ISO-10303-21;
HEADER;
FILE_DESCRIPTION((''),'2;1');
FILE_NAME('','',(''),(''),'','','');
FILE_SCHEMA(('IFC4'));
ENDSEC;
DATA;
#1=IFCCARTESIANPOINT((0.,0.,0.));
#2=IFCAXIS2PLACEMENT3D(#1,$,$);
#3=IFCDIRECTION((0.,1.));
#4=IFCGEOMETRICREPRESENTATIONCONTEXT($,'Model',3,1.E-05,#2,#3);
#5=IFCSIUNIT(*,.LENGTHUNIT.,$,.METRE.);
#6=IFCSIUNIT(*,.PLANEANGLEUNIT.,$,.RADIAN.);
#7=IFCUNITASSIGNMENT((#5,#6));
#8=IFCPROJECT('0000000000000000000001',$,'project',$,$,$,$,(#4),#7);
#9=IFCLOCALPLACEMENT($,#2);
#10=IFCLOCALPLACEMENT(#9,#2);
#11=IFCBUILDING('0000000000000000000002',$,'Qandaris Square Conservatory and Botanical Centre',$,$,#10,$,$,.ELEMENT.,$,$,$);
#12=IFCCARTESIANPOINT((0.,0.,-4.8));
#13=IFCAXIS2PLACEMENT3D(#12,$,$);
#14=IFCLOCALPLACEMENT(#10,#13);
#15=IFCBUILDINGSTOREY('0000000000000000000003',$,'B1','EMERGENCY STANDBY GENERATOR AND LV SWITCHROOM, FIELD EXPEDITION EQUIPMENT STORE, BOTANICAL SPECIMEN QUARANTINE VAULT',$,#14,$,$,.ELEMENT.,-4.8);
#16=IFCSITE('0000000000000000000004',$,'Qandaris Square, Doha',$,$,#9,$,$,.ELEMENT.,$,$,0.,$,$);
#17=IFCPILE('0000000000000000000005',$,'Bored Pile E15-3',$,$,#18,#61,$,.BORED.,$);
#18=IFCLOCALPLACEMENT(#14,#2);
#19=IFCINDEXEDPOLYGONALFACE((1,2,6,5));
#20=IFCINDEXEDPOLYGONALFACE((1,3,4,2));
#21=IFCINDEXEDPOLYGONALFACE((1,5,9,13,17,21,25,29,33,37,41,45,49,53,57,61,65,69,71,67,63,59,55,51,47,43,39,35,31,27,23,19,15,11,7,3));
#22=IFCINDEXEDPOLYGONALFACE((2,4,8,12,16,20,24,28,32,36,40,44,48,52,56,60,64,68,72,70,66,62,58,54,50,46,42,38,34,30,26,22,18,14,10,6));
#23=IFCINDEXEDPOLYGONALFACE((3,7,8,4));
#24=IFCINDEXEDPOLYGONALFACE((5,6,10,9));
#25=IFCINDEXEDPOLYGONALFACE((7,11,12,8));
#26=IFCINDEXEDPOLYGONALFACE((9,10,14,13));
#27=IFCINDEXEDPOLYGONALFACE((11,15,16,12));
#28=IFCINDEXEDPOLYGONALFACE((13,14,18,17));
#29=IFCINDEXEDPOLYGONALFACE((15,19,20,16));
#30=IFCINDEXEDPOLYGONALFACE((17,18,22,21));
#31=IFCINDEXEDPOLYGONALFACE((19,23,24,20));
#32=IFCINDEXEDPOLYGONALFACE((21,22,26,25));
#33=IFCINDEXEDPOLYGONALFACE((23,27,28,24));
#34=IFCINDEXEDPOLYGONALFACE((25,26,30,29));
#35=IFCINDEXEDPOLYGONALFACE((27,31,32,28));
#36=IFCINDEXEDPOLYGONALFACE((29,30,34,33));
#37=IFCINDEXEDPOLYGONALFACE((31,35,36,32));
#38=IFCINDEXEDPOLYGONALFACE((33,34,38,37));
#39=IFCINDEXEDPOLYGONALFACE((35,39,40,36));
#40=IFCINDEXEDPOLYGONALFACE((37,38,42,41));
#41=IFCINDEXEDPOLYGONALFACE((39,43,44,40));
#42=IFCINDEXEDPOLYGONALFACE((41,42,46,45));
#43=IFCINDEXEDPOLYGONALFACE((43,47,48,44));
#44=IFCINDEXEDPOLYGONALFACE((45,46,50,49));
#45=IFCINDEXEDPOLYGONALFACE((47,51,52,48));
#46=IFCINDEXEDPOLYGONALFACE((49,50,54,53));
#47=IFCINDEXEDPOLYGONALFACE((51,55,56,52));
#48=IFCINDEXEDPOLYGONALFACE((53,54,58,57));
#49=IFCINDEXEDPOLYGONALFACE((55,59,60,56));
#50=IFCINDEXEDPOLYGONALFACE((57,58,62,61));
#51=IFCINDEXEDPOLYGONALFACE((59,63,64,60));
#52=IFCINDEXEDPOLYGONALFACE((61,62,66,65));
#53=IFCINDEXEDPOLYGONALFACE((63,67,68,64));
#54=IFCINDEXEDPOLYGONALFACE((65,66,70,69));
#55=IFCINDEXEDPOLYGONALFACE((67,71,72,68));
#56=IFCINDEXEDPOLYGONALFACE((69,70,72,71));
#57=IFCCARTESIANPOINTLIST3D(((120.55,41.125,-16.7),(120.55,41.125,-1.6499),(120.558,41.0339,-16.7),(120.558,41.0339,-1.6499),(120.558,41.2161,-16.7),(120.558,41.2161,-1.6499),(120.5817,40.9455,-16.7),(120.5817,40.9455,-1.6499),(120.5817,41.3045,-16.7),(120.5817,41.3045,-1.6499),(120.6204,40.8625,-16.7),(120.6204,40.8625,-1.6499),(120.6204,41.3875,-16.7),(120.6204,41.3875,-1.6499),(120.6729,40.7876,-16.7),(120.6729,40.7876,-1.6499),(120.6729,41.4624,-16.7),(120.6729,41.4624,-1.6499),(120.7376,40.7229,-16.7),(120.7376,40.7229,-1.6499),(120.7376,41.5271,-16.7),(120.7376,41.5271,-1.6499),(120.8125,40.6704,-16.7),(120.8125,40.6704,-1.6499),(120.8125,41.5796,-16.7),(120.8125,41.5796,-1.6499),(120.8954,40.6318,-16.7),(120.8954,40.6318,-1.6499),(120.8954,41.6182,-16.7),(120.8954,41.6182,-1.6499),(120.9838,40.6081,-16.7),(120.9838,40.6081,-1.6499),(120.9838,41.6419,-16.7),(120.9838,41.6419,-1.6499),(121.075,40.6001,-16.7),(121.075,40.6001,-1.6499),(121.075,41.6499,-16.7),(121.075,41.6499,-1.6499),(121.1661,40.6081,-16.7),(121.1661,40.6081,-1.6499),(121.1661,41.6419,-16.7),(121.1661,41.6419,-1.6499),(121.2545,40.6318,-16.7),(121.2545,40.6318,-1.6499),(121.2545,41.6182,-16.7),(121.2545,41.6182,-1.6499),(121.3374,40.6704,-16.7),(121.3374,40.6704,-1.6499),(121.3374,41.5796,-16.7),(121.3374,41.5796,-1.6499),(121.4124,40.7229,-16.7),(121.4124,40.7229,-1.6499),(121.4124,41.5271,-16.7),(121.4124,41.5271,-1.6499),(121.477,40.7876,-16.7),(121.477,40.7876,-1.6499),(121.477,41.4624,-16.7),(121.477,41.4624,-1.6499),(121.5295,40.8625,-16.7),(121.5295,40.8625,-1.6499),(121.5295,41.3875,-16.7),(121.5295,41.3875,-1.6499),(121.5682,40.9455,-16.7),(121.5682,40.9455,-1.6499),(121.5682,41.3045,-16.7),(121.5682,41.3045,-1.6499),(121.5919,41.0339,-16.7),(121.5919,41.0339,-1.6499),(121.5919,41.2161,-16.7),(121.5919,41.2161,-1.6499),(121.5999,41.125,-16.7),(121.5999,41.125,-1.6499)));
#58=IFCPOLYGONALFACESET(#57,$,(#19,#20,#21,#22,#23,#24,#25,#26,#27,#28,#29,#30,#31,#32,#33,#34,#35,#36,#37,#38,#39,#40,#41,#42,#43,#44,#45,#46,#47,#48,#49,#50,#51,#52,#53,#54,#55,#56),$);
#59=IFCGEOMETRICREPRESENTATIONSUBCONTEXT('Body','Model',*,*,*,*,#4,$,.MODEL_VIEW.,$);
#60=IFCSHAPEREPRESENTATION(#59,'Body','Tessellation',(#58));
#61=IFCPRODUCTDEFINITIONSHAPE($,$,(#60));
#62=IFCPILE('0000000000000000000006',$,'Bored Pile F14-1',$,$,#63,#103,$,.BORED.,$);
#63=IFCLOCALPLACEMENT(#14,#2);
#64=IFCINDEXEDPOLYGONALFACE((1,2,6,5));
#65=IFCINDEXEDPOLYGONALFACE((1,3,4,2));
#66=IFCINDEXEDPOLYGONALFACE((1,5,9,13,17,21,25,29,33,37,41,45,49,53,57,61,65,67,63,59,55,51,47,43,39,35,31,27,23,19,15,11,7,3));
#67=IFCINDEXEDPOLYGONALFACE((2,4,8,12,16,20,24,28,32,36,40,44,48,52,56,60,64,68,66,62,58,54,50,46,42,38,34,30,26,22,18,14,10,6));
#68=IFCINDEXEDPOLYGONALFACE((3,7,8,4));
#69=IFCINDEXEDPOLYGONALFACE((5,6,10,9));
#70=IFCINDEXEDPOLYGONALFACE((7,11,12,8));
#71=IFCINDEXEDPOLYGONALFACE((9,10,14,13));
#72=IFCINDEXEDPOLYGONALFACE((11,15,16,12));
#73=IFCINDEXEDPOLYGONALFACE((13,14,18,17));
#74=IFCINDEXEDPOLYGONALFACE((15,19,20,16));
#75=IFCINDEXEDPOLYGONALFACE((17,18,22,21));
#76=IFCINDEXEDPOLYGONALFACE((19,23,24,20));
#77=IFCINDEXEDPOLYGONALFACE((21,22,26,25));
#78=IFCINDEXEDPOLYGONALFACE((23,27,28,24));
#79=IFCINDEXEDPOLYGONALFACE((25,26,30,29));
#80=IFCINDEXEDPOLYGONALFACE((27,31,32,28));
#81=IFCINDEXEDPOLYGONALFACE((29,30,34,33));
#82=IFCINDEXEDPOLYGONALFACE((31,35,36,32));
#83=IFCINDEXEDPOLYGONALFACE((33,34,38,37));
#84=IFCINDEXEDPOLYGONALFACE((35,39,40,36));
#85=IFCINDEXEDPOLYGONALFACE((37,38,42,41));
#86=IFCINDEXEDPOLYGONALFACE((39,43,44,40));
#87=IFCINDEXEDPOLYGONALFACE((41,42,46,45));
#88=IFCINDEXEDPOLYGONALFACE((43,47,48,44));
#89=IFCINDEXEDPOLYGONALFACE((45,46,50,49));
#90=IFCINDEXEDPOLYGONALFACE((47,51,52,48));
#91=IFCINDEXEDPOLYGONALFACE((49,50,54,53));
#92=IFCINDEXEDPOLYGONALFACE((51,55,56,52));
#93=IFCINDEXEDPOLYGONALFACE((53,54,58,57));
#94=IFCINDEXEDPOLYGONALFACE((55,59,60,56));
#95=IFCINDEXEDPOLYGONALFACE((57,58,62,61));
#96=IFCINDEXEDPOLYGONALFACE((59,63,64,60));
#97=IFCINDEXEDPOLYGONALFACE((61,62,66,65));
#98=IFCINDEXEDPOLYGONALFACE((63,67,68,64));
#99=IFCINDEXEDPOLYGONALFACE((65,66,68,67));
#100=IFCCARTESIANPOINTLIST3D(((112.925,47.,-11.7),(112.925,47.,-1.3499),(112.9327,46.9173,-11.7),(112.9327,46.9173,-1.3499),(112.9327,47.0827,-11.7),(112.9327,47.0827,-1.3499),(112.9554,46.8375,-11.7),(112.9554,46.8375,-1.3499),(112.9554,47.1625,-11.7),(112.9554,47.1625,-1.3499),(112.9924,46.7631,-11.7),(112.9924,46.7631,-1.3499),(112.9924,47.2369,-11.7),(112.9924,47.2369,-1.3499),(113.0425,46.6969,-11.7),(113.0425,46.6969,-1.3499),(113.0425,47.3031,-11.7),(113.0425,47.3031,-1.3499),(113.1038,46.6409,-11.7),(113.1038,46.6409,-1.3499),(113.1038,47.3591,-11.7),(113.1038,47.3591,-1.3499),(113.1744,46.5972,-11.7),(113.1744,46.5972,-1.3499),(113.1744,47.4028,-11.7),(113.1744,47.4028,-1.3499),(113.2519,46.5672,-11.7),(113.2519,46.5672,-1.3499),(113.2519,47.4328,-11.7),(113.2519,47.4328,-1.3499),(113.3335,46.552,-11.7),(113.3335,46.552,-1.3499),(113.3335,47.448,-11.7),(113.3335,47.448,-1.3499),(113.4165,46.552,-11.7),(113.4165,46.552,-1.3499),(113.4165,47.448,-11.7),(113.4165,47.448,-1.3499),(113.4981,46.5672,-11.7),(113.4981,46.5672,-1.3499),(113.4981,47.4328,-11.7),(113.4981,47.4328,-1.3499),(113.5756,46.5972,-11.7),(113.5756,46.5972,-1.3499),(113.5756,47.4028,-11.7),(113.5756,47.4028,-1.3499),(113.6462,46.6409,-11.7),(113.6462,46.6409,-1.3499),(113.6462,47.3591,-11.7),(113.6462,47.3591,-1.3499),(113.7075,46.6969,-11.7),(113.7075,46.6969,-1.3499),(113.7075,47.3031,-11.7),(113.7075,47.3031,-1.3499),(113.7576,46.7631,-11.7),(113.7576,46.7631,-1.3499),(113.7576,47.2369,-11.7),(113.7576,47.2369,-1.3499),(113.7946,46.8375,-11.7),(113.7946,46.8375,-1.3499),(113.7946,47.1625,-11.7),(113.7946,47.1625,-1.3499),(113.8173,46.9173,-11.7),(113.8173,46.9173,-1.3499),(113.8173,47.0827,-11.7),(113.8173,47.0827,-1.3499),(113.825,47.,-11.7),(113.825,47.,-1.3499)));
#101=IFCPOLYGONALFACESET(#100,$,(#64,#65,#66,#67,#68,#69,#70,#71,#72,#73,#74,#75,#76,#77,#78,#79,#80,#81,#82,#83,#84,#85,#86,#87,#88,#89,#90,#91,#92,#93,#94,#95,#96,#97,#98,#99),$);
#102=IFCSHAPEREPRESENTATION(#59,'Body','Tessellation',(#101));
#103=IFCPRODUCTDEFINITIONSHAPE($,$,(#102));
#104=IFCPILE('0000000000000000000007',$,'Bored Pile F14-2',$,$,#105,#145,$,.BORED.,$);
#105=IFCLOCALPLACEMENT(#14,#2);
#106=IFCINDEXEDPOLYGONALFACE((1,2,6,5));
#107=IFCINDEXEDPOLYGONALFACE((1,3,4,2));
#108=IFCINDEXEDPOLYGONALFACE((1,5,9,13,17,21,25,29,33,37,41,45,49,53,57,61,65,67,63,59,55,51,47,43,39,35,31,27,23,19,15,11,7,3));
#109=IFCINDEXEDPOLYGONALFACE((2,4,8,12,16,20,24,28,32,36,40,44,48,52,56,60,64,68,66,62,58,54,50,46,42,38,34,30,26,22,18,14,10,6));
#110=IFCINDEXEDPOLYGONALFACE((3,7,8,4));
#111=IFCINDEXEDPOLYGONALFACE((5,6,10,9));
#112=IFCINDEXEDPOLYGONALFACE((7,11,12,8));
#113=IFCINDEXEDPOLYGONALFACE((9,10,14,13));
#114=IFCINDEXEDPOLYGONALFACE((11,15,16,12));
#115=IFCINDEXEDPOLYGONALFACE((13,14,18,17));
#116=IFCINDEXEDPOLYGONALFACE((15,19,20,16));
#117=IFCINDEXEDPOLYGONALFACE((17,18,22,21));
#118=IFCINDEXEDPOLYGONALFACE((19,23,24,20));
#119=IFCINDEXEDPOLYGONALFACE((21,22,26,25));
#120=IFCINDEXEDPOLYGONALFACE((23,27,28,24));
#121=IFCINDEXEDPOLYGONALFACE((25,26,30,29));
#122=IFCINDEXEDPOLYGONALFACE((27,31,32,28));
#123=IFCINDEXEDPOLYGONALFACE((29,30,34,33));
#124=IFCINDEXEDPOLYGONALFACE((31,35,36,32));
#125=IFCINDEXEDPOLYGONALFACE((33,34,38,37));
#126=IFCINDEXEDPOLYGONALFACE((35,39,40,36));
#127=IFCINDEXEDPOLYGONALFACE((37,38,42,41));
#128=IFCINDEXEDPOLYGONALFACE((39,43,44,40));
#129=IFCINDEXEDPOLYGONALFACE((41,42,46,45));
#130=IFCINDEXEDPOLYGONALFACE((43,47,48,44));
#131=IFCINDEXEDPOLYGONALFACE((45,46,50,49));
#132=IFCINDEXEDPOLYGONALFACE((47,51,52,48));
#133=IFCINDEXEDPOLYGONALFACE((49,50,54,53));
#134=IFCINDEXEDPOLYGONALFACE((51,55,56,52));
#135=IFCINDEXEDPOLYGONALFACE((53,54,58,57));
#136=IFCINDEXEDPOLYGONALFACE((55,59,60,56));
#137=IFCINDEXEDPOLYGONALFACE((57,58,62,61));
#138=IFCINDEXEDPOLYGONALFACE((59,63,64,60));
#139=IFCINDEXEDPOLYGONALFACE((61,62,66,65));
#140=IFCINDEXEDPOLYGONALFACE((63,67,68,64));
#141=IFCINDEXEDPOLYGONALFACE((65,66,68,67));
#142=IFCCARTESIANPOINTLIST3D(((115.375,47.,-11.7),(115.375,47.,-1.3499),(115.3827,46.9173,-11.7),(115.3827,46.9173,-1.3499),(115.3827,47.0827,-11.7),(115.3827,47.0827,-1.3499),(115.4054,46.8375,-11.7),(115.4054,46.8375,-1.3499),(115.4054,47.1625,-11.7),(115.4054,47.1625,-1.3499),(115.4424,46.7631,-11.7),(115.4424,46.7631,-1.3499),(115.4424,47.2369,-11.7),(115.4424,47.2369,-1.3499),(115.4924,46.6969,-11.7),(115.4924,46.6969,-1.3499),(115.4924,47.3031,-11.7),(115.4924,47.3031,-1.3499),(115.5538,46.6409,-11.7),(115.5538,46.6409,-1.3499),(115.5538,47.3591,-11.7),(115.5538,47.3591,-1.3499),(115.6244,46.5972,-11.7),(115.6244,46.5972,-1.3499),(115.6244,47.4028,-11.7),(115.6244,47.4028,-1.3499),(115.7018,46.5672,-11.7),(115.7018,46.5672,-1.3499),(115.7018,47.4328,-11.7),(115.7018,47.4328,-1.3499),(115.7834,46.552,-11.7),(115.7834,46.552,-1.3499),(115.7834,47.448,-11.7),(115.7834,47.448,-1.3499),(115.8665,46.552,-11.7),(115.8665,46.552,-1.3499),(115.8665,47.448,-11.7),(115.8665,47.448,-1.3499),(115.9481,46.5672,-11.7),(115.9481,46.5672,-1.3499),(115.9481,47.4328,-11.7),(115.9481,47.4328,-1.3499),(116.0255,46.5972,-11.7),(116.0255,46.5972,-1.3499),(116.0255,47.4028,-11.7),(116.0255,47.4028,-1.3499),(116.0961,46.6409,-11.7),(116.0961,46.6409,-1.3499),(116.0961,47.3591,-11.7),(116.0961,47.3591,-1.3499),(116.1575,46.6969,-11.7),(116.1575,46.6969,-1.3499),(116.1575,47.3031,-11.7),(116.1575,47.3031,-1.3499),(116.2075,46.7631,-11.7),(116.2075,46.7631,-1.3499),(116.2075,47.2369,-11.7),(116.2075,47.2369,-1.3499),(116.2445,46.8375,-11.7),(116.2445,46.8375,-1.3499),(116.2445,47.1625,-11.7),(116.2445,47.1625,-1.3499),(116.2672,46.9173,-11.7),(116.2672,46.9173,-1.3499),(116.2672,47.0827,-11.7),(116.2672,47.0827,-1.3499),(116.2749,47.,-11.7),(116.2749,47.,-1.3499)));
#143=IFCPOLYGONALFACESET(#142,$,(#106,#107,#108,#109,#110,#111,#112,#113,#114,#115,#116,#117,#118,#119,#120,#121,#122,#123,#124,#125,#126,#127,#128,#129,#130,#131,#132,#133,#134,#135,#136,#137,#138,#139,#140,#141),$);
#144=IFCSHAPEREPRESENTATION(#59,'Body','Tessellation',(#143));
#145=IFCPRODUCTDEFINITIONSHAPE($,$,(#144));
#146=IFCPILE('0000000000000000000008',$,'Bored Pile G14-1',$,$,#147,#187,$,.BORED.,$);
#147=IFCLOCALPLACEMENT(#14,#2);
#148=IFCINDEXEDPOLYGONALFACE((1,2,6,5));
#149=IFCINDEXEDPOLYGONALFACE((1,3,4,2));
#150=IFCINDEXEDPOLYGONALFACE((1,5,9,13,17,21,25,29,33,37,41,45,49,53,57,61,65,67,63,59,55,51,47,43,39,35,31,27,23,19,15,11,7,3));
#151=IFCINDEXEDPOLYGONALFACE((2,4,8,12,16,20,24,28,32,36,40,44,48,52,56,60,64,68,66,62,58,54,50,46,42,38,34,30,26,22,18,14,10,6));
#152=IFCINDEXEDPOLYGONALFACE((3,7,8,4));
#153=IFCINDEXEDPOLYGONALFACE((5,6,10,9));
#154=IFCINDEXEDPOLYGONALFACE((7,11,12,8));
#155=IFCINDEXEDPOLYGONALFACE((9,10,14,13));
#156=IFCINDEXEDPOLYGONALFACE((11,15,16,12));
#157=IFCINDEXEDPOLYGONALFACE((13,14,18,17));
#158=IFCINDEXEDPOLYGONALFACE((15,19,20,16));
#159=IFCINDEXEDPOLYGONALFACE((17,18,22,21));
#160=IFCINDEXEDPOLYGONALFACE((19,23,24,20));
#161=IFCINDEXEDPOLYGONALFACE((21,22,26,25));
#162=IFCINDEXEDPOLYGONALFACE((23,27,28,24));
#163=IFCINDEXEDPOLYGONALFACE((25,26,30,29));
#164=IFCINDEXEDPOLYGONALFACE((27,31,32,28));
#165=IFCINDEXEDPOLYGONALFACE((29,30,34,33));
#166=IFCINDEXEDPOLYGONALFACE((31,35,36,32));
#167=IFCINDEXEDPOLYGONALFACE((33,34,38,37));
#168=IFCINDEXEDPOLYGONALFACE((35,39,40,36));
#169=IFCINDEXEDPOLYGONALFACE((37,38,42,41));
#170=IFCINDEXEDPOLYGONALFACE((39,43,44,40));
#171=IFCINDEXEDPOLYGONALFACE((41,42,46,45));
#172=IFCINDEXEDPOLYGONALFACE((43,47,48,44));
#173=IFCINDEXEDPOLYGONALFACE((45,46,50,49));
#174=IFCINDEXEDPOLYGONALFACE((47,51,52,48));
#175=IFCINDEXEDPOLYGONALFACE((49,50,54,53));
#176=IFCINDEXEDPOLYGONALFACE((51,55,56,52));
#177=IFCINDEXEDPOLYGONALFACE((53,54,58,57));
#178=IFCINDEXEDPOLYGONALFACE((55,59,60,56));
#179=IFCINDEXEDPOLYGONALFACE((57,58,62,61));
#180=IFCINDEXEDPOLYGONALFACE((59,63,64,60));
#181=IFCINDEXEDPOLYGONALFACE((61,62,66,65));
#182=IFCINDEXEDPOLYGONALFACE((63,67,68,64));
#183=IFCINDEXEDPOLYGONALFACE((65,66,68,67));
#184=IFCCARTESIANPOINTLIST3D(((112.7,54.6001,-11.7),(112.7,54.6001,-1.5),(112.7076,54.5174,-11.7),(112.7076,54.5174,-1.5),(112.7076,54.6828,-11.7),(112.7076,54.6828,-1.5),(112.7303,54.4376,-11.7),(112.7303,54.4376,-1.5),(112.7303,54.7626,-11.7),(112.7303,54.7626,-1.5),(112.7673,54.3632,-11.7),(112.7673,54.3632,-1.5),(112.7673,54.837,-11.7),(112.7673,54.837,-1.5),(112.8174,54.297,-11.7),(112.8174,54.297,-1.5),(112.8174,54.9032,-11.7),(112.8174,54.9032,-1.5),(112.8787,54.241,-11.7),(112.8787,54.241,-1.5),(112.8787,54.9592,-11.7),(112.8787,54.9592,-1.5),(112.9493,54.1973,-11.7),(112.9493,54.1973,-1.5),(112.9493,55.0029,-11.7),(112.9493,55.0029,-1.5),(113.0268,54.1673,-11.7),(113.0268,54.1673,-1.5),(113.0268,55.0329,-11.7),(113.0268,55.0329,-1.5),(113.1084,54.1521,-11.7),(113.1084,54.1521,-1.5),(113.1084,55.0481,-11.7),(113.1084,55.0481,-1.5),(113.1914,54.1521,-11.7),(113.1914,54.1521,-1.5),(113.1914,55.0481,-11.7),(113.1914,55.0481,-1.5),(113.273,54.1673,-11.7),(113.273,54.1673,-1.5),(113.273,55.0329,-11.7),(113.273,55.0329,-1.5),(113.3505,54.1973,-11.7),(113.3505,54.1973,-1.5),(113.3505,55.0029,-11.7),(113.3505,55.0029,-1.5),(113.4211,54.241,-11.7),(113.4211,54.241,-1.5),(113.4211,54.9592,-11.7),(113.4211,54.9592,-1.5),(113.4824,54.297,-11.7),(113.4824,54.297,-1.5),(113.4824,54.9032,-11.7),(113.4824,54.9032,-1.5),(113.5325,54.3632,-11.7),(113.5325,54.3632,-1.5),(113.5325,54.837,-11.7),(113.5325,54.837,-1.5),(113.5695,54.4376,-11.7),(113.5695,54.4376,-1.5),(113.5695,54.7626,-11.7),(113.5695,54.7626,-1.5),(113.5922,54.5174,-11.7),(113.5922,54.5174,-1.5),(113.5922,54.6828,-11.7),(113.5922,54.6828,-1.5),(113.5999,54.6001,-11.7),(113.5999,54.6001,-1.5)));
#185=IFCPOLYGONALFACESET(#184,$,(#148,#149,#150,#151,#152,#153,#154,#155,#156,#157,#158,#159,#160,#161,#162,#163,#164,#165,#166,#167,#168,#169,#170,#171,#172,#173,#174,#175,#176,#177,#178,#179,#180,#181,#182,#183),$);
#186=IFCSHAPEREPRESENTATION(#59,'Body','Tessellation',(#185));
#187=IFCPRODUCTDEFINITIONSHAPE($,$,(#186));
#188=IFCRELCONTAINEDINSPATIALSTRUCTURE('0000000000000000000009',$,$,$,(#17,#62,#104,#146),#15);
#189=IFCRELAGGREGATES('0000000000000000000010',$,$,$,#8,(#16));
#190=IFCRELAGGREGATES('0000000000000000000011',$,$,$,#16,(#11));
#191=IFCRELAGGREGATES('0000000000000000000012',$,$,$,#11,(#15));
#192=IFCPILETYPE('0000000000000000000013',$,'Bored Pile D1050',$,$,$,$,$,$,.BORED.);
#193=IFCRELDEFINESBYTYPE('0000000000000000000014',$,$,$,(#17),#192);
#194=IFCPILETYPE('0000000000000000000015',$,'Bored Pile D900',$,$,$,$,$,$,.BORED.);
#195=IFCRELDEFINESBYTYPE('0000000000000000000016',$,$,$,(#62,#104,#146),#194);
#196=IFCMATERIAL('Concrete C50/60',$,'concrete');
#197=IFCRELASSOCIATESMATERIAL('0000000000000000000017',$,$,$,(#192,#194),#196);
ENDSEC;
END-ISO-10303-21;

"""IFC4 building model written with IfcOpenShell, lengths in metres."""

from ifc_helpers import new_model, si_unit, direction, frame, origin, origin_2d, place, context, subcontext, project, spatial, circle, extrude, material, material_profile, profile_set, type_object, element, save


model = new_model("IFC4")

# Units and contexts
model_context = context("Model", 3, precision=1e-05, world=origin(), true_north=direction((0.0, 1.0)))
body_context = subcontext(model_context, "Body", "Model", "MODEL_VIEW")
ifc_project = project(units=[si_unit("LENGTHUNIT", "METRE"), si_unit("PLANEANGLEUNIT", "RADIAN")], contexts=[model_context])

# Site, building, storey
site_placement = place(None, origin())
site = spatial("IfcSite", under=ifc_project, at=site_placement, Name="Qandaris Square, Doha", CompositionType="ELEMENT", RefElevation=0.0)
building_placement = place(site_placement, origin())
building = spatial("IfcBuilding", under=site, at=building_placement, Name="Qandaris Square Conservatory and Botanical Centre", CompositionType="ELEMENT")
storey_placement = place(building_placement, frame((0.0, 0.0, -4.8)))
storey = spatial("IfcBuildingStorey", under=building, at=storey_placement, Name="B1", Description="EMERGENCY STANDBY GENERATOR AND LV SWITCHROOM, FIELD EXPEDITION EQUIPMENT STORE, BOTANICAL SPECIMEN QUARANTINE VAULT", CompositionType="ELEMENT", Elevation=-4.8)

# Piles
ifc_material_1 = material(Name="Concrete C50/60", Category="concrete")
ifc_material_profile_1 = material_profile(ifc_material_1, circle(Radius=0.5249, at=origin_2d()), Name="PILE D1050")
ifc_profile_set_1 = profile_set([ifc_material_profile_1], Name="Concrete C50/60")
pile_type_1 = type_object("IfcPileType", Name="Bored Pile D1050", PredefinedType="BORED", material=ifc_profile_set_1)
pile_1_placement = place(storey_placement, frame((121.075, 41.125, -1.6499), z_axis=(0.0, 0.0, -1.0), x_axis=(1.0, 0.0, 0.0)))
element("IfcPile", 1, at=pile_1_placement, inside=storey, type_object=pile_type_1, Name="Bored Pile E15-3", PredefinedType="BORED", context=body_context, shape_type="SweptSolid", body=[
    extrude(circle(Radius=0.5249, at=origin_2d()), origin(), (0.0, 0.0, 1.0), 15.05),
])
ifc_material_profile_2 = material_profile(ifc_material_1, circle(Radius=0.45, at=origin_2d()), Name="PILE D900")
ifc_profile_set_2 = profile_set([ifc_material_profile_2], Name="Concrete C50/60")
pile_type_2 = type_object("IfcPileType", Name="Bored Pile D900", PredefinedType="BORED", material=ifc_profile_set_2)
for number, where, z_axis, x_axis, name in (
    (2, (113.375, 47.0, -1.3499), (0.0, 0.0, -1.0), (1.0, 0.0, 0.0), "Bored Pile F14-1"),
    (3, (115.825, 47.0, -1.3499), (0.0, 0.0, -1.0), (1.0, 0.0, 0.0), "Bored Pile F14-2"),
):
    element("IfcPile", number, at=place(storey_placement, frame(where, z_axis=z_axis, x_axis=x_axis)), inside=storey, type_object=pile_type_2, Name=name, PredefinedType="BORED", context=body_context, shape_type="SweptSolid", body=[
        extrude(circle(Radius=0.45, at=origin_2d()), origin(), (0.0, 0.0, 1.0), 10.3501),
    ])
pile_2_placement = place(storey_placement, frame((113.1499, 54.6001, -1.5), z_axis=(0.0, 0.0, -1.0), x_axis=(1.0, 0.0, 0.0)))
element("IfcPile", 4, at=pile_2_placement, inside=storey, type_object=pile_type_2, Name="Bored Pile G14-1", PredefinedType="BORED", context=body_context, shape_type="SweptSolid", body=[
    extrude(circle(Radius=0.45, at=origin_2d()), origin(), (0.0, 0.0, 1.0), 10.2),
])

save(model, "model.ifc")
